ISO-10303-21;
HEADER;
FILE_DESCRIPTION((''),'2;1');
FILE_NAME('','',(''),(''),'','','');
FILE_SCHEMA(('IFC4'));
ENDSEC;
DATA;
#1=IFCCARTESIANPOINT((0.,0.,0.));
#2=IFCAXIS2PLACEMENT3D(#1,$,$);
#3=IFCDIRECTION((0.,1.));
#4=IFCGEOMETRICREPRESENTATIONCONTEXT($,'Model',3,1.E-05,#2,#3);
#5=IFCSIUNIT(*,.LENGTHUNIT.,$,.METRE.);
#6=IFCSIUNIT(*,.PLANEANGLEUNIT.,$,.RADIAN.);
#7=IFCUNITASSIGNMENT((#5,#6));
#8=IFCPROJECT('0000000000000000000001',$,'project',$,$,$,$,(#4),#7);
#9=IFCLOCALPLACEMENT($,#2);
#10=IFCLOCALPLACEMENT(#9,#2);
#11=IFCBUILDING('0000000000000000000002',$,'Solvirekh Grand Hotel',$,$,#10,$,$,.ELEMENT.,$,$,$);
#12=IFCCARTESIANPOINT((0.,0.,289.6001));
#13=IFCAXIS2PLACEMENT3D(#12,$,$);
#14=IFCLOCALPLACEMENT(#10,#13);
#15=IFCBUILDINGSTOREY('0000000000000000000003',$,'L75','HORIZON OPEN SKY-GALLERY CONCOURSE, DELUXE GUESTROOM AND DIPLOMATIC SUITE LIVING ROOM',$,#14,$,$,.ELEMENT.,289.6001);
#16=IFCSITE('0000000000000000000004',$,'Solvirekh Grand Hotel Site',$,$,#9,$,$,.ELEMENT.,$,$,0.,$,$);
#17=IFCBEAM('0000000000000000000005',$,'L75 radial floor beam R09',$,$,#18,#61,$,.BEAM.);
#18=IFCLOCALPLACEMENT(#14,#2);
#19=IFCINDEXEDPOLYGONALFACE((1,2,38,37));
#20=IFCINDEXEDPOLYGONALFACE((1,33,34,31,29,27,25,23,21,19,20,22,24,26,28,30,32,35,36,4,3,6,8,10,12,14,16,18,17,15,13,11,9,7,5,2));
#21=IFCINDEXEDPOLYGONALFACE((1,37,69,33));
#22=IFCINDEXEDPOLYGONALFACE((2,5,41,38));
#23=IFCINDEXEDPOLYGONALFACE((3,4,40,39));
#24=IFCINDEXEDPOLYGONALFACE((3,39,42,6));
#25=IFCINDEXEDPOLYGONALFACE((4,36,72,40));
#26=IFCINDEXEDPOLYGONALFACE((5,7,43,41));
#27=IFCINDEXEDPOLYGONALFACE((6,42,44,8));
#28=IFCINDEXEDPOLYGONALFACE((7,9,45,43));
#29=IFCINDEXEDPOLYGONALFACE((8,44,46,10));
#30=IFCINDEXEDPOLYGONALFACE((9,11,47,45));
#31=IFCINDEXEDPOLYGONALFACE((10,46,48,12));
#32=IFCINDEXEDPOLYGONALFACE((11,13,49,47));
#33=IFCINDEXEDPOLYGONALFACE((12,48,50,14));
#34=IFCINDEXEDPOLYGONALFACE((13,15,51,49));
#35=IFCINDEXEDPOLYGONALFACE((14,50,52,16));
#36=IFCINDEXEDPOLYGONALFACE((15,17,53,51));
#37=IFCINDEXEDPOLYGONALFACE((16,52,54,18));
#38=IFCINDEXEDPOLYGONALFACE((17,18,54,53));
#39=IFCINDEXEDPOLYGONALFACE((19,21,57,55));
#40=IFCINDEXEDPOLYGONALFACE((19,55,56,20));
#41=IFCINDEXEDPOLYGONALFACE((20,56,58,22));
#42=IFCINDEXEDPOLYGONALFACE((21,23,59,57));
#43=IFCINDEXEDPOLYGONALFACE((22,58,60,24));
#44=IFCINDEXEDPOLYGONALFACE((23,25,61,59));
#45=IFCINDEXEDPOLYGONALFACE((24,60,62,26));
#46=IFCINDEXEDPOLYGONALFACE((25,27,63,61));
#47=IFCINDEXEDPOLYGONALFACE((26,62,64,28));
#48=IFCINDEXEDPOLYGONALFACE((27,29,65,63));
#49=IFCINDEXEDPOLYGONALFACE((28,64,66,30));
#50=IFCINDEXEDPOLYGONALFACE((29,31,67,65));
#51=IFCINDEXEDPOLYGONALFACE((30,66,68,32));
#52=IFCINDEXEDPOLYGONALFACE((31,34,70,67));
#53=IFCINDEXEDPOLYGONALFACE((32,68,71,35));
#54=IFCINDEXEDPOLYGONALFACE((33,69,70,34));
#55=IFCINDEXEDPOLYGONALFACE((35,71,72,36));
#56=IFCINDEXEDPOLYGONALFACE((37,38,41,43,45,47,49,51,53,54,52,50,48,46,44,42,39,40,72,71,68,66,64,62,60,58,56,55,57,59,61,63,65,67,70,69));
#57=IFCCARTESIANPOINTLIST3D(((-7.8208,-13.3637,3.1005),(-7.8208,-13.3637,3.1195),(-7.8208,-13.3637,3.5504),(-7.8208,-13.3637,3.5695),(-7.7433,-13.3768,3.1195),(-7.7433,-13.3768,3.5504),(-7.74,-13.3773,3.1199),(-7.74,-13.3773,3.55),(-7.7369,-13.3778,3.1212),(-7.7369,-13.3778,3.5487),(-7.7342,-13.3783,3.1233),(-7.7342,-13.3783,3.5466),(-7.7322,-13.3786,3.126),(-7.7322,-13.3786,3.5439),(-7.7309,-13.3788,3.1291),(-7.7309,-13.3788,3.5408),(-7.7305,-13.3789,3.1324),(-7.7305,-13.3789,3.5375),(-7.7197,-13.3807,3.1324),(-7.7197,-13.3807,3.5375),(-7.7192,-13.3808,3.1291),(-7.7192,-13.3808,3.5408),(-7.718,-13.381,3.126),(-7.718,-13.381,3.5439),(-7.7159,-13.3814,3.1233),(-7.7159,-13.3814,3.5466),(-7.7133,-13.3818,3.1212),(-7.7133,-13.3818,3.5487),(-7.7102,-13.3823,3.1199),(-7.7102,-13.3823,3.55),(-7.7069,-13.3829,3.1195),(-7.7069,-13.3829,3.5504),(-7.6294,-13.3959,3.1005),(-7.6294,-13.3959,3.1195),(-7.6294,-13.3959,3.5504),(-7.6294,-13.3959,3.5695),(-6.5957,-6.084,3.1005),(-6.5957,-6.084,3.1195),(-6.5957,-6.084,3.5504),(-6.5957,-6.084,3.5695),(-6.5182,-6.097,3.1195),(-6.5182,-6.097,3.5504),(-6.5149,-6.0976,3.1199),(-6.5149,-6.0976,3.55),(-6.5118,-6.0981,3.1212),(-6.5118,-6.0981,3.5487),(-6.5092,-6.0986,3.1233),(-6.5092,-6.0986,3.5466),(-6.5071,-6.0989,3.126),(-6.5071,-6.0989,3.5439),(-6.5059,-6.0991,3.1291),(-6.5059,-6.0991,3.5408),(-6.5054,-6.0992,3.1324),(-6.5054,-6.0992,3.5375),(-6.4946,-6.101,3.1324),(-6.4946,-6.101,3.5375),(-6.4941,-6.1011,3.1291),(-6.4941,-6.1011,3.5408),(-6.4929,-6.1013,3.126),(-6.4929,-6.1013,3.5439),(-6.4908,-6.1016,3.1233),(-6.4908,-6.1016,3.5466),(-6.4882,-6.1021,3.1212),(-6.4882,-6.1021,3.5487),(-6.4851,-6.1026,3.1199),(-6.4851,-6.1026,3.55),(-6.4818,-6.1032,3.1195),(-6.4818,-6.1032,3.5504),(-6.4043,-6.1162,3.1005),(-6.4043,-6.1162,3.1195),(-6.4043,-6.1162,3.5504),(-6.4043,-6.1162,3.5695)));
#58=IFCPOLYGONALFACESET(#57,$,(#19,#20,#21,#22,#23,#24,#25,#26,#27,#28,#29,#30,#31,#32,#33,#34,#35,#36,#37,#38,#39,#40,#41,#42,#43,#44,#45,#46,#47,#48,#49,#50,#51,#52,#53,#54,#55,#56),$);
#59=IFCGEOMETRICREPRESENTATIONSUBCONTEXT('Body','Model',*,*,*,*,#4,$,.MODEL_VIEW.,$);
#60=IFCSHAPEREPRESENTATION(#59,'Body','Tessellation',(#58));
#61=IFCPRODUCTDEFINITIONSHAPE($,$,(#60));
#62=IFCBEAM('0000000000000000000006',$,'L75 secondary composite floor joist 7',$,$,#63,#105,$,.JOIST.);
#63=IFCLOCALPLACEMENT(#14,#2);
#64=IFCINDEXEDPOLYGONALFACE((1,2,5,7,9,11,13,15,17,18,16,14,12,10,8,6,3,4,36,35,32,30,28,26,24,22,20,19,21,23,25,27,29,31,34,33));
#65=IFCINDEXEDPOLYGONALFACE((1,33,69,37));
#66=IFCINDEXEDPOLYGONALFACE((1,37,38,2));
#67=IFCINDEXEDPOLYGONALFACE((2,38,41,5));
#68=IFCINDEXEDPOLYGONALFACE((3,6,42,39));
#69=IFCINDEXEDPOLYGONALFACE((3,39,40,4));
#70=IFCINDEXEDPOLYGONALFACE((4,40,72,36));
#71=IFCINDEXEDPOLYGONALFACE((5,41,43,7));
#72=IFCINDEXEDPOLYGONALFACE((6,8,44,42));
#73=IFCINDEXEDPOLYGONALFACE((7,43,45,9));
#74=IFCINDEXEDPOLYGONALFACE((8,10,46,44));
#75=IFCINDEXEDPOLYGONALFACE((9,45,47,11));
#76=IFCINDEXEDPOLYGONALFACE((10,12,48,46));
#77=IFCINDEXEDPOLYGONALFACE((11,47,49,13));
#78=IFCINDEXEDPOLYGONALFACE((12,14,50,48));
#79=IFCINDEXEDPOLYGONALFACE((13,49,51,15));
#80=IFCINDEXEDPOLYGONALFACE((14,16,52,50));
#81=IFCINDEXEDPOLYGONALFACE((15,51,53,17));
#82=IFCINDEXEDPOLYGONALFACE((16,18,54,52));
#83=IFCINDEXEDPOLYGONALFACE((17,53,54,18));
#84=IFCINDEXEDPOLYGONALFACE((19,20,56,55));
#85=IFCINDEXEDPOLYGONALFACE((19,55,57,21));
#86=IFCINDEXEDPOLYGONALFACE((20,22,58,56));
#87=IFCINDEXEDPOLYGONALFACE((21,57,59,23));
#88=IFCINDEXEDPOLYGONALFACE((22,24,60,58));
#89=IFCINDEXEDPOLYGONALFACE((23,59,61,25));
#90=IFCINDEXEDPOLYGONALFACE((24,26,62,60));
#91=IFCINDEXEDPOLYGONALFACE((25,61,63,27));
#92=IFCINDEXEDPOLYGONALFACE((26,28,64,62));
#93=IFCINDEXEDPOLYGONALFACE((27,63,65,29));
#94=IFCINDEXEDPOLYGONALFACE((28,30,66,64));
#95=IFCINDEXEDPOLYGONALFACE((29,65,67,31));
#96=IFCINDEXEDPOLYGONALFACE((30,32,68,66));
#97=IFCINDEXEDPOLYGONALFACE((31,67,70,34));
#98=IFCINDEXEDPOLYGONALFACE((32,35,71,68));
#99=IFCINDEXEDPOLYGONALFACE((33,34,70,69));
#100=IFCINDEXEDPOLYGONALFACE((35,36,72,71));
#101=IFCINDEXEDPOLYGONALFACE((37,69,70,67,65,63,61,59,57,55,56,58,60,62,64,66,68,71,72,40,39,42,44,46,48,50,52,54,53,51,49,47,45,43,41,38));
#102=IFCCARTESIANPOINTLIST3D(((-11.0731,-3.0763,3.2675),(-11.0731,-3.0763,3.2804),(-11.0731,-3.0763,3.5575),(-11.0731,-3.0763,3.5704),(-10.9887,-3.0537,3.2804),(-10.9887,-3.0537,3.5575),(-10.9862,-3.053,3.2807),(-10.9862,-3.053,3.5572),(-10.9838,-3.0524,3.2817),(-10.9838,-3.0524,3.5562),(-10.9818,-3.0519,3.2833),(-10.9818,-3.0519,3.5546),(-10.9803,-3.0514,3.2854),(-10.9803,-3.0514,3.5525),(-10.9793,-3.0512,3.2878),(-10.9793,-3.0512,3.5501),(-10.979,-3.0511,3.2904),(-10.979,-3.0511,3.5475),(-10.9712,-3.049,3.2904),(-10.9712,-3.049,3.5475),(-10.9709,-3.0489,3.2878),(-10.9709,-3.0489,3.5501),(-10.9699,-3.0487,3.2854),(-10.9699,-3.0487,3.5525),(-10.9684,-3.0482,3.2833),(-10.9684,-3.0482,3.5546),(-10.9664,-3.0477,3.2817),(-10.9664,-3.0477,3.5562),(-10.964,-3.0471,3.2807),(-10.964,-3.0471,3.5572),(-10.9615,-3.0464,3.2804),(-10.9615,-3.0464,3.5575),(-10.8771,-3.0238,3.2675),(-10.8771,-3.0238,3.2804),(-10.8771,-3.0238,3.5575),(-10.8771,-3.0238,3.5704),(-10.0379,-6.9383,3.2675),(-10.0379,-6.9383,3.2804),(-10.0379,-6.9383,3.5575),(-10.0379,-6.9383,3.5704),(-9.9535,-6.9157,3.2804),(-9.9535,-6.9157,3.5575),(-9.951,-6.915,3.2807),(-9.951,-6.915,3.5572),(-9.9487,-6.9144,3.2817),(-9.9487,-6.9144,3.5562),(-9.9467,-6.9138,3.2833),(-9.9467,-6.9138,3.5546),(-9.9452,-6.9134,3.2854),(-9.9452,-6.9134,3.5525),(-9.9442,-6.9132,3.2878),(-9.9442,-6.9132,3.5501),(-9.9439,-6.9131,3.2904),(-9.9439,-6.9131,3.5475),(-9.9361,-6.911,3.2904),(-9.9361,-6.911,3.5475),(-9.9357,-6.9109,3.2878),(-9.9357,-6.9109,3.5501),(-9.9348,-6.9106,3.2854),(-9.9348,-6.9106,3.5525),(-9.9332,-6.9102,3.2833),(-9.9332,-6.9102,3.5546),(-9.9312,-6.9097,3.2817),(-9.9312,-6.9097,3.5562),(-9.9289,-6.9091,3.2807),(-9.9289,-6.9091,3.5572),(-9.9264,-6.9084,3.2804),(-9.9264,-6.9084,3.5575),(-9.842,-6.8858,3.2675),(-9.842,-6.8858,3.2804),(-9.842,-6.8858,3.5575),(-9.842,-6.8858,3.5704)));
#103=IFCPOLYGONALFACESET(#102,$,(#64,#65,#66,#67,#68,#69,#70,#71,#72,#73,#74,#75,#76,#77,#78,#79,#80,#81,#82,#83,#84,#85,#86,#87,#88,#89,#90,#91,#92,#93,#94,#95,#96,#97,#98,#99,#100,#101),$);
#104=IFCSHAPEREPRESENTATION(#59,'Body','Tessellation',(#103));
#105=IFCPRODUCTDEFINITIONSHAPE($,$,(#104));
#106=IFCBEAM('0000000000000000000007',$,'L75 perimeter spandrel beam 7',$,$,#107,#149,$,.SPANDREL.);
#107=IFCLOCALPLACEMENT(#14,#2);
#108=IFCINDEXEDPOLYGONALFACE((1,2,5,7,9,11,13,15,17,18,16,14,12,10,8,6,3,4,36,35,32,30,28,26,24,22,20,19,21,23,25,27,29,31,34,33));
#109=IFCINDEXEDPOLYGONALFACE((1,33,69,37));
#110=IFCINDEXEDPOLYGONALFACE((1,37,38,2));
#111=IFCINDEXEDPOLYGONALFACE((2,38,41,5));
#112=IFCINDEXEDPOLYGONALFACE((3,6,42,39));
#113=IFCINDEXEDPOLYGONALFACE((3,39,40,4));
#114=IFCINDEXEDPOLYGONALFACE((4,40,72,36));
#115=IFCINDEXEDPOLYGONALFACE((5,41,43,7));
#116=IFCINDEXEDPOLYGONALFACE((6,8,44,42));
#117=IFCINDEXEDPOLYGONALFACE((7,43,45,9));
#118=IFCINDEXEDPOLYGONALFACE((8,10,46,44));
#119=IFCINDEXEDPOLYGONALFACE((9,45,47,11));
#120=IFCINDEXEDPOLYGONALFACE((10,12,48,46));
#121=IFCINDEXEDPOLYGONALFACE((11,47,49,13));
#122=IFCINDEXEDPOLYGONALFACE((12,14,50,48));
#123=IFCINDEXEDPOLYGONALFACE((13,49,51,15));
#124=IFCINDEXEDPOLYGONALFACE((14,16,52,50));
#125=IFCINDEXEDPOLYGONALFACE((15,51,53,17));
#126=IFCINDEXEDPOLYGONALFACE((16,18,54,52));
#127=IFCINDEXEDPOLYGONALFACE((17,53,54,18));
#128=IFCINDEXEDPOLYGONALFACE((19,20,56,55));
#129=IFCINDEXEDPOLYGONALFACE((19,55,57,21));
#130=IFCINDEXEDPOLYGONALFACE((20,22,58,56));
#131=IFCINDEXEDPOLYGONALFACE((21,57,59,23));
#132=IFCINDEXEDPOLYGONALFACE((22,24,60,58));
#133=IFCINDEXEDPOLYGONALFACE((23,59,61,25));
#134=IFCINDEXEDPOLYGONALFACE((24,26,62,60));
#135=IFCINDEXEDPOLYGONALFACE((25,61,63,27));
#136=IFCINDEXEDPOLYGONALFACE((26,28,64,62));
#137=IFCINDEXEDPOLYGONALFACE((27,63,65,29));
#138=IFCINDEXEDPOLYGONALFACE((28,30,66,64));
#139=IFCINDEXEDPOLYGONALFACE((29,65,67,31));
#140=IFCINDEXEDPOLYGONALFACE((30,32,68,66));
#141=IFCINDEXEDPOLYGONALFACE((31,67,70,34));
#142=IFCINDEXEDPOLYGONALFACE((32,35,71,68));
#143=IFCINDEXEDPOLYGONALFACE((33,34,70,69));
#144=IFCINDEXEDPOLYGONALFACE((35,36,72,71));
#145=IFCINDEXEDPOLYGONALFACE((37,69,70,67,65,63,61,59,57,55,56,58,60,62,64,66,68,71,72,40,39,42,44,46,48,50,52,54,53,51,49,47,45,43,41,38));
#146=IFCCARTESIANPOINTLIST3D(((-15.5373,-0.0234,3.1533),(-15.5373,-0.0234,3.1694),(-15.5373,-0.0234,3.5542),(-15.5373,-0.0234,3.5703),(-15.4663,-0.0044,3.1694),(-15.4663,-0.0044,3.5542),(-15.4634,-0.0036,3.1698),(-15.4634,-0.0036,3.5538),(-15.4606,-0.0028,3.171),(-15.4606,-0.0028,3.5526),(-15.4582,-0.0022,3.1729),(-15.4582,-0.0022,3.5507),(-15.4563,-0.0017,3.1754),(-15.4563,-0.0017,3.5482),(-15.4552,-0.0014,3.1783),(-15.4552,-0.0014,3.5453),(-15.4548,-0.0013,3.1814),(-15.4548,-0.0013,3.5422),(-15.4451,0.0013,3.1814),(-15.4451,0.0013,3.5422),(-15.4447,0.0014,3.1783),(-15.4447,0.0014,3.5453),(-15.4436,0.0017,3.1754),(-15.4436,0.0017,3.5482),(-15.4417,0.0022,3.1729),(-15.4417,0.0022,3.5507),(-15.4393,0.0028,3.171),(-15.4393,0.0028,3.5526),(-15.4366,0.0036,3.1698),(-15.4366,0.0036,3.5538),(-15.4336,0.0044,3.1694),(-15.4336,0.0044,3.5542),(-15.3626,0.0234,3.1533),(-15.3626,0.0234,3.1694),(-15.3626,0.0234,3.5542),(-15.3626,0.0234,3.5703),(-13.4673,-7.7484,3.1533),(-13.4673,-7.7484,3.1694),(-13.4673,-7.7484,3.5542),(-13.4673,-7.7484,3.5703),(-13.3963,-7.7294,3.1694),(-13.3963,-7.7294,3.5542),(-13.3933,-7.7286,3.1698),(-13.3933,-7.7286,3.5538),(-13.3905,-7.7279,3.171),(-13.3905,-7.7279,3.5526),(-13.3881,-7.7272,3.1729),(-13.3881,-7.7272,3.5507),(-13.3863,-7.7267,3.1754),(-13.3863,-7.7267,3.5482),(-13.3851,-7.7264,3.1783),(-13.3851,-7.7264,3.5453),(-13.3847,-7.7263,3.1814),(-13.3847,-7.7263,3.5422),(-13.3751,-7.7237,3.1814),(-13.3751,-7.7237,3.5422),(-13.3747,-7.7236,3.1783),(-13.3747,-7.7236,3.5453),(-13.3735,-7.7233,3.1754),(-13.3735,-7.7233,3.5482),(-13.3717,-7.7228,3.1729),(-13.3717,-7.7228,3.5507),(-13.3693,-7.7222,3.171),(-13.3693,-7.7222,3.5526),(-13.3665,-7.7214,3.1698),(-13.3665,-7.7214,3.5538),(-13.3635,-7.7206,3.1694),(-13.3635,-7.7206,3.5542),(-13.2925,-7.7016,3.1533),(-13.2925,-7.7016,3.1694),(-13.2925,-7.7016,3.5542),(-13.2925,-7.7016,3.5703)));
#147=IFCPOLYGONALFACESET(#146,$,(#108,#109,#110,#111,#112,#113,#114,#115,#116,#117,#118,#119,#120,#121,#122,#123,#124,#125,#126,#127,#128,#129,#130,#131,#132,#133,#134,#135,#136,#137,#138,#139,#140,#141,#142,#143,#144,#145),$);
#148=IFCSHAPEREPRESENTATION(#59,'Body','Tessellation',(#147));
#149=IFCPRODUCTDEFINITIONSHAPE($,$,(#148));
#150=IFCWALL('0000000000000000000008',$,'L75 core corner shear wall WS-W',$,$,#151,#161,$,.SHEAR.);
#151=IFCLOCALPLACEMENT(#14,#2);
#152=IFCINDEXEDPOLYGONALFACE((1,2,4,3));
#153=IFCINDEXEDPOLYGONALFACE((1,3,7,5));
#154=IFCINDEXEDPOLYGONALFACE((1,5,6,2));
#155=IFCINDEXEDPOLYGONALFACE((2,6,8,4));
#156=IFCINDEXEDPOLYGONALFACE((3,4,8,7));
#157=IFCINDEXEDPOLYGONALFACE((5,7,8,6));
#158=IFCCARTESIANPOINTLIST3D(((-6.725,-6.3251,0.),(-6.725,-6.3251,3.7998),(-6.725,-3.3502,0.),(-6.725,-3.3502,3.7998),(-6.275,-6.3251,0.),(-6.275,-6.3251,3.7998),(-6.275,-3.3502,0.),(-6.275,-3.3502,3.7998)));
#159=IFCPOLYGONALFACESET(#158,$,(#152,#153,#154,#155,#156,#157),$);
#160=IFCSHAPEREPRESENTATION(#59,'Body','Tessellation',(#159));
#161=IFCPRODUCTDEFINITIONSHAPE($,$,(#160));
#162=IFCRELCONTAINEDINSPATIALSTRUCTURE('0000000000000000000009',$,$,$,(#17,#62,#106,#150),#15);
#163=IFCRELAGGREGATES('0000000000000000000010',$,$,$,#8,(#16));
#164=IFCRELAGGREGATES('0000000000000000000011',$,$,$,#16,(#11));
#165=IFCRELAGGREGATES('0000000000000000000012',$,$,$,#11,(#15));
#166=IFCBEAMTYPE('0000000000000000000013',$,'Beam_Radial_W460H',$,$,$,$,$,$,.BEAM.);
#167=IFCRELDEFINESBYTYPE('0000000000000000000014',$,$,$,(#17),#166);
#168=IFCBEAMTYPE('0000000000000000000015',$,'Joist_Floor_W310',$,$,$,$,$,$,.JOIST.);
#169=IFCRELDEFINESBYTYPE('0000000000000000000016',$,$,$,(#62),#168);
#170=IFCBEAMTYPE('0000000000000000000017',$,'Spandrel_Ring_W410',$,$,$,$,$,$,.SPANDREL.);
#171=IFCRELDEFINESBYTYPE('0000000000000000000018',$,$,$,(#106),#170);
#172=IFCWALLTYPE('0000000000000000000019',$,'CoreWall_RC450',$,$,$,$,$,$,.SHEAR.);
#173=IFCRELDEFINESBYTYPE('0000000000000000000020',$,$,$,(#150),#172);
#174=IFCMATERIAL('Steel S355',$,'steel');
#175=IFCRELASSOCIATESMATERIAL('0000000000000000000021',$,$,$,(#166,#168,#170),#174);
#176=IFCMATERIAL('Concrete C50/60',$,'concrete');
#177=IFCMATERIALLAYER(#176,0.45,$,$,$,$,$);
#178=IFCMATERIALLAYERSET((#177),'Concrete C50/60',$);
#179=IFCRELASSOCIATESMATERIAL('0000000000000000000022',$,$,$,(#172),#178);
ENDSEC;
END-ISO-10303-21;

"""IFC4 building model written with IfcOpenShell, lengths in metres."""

from ifc_helpers import new_model, si_unit, direction, frame, frame_2d, origin, origin_2d, place, context, subcontext, project, spatial, rectangle, i_section, extrude, material, layer, layer_set, material_profile, profile_set, type_object, element, save


model = new_model("IFC4")

# Units and contexts
model_context = context("Model", 3, precision=1e-05, world=origin(), true_north=direction((0.0, 1.0)))
body_context = subcontext(model_context, "Body", "Model", "MODEL_VIEW")
ifc_project = project(units=[si_unit("LENGTHUNIT", "METRE"), si_unit("PLANEANGLEUNIT", "RADIAN")], contexts=[model_context])

# Site, building, storey
site_placement = place(None, origin())
site = spatial("IfcSite", under=ifc_project, at=site_placement, Name="Solvirekh Grand Hotel Site", CompositionType="ELEMENT", RefElevation=0.0)
building_placement = place(site_placement, origin())
building = spatial("IfcBuilding", under=site, at=building_placement, Name="Solvirekh Grand Hotel", CompositionType="ELEMENT")
storey_placement = place(building_placement, frame((0.0, 0.0, 289.6001)))
storey = spatial("IfcBuildingStorey", under=building, at=storey_placement, Name="L75", Description="HORIZON OPEN SKY-GALLERY CONCOURSE, DELUXE GUESTROOM AND DIPLOMATIC SUITE LIVING ROOM", CompositionType="ELEMENT", Elevation=289.6001)

# Shared definitions
ifc_material_1 = material(Name="Concrete C50/60", Category="concrete")

# Beams
ifc_material_2 = material(Name="Steel S355", Category="steel")
ifc_material_profile_1 = material_profile(ifc_material_2, i_section(OverallWidth=0.1941, OverallDepth=0.469, WebThickness=0.011, FlangeThickness=0.019, FilletRadius=0.0129, at=origin_2d()), Name="W460X106")
ifc_profile_set_1 = profile_set([ifc_material_profile_1], Name="Steel S355")
beam_type_1 = type_object("IfcBeamType", Name="Beam_Radial_W460H", PredefinedType="BEAM", material=ifc_profile_set_1)
beam_1_placement = place(storey_placement, frame((-6.5, -6.1001, 3.335), z_axis=(-0.165954, -0.986133, 0.0), x_axis=(0.986133, -0.165954, 0.0)))
element("IfcBeam", 1, at=beam_1_placement, inside=storey, type_object=beam_type_1, Name="L75 radial floor beam R09", PredefinedType="BEAM", context=body_context, shape_type="SweptSolid", body=[
    extrude(i_section(OverallWidth=0.1941, OverallDepth=0.469, WebThickness=0.011, FlangeThickness=0.019, FilletRadius=0.0129, at=origin_2d()), origin(), (0.0, 0.0, 1.0), 7.3821),
])
ifc_material_profile_2 = material_profile(ifc_material_2, i_section(OverallWidth=0.2029, OverallDepth=0.303, WebThickness=0.0081, FlangeThickness=0.0129, FilletRadius=0.01, at=origin_2d()), Name="W310X60")
ifc_profile_set_2 = profile_set([ifc_material_profile_2], Name="Steel S355")
beam_type_2 = type_object("IfcBeamType", Name="Joist_Floor_W310", PredefinedType="JOIST", material=ifc_profile_set_2)
beam_2_placement = place(storey_placement, frame((-10.9751, -3.05, 3.4189), z_axis=(0.258894, -0.965906, 0.0), x_axis=(0.965906, 0.258894, 0.0)))
element("IfcBeam", 2, at=beam_2_placement, inside=storey, type_object=beam_type_2, Name="L75 secondary composite floor joist 7", PredefinedType="JOIST", context=body_context, shape_type="SweptSolid", body=[
    extrude(i_section(OverallWidth=0.2029, OverallDepth=0.303, WebThickness=0.0081, FlangeThickness=0.0129, FilletRadius=0.01, at=origin_2d()), origin(), (0.0, 0.0, 1.0), 3.9983),
])
ifc_material_profile_3 = material_profile(ifc_material_2, i_section(OverallWidth=0.1809, OverallDepth=0.417, WebThickness=0.01, FlangeThickness=0.0161, FilletRadius=0.012, at=origin_2d()), Name="W410X85")
ifc_profile_set_3 = profile_set([ifc_material_profile_3], Name="Steel S355")
beam_type_3 = type_object("IfcBeamType", Name="Spandrel_Ring_W410", PredefinedType="SPANDREL", material=ifc_profile_set_3)
beam_3_placement = place(storey_placement, frame((-15.45, 0.0, 3.3618), z_axis=(0.258835, -0.965922, 0.0), x_axis=(0.965922, 0.258835, 0.0)))
element("IfcBeam", 3, at=beam_3_placement, inside=storey, type_object=beam_type_3, Name="L75 perimeter spandrel beam 7", PredefinedType="SPANDREL", context=body_context, shape_type="SweptSolid", body=[
    extrude(i_section(OverallWidth=0.1809, OverallDepth=0.417, WebThickness=0.01, FlangeThickness=0.0161, FilletRadius=0.012, at=origin_2d()), origin(), (0.0, 0.0, 1.0), 7.9976),
])

# Wall
ifc_layer_1 = layer(ifc_material_1, 0.45)
ifc_layer_set_1 = layer_set([ifc_layer_1], Name="Concrete C50/60")
wall_type_1 = type_object("IfcWallType", Name="CoreWall_RC450", PredefinedType="SHEAR", material=ifc_layer_set_1)
wall_1_placement = place(storey_placement, frame((-6.5, -6.325, 0.0), z_axis=(0.0, 0.0, 1.0), x_axis=(0.0, 1.0, 0.0)))
element("IfcWall", 4, at=wall_1_placement, inside=storey, type_object=wall_type_1, Name="L75 core corner shear wall WS-W", PredefinedType="SHEAR", context=body_context, shape_type="SweptSolid", body=[
    extrude(rectangle(XDim=2.9749, YDim=0.45, at=frame_2d((1.4873, 0.0))), origin(), (0.0, 0.0, 1.0), 3.7998),
])

save(model, "model.ifc")
